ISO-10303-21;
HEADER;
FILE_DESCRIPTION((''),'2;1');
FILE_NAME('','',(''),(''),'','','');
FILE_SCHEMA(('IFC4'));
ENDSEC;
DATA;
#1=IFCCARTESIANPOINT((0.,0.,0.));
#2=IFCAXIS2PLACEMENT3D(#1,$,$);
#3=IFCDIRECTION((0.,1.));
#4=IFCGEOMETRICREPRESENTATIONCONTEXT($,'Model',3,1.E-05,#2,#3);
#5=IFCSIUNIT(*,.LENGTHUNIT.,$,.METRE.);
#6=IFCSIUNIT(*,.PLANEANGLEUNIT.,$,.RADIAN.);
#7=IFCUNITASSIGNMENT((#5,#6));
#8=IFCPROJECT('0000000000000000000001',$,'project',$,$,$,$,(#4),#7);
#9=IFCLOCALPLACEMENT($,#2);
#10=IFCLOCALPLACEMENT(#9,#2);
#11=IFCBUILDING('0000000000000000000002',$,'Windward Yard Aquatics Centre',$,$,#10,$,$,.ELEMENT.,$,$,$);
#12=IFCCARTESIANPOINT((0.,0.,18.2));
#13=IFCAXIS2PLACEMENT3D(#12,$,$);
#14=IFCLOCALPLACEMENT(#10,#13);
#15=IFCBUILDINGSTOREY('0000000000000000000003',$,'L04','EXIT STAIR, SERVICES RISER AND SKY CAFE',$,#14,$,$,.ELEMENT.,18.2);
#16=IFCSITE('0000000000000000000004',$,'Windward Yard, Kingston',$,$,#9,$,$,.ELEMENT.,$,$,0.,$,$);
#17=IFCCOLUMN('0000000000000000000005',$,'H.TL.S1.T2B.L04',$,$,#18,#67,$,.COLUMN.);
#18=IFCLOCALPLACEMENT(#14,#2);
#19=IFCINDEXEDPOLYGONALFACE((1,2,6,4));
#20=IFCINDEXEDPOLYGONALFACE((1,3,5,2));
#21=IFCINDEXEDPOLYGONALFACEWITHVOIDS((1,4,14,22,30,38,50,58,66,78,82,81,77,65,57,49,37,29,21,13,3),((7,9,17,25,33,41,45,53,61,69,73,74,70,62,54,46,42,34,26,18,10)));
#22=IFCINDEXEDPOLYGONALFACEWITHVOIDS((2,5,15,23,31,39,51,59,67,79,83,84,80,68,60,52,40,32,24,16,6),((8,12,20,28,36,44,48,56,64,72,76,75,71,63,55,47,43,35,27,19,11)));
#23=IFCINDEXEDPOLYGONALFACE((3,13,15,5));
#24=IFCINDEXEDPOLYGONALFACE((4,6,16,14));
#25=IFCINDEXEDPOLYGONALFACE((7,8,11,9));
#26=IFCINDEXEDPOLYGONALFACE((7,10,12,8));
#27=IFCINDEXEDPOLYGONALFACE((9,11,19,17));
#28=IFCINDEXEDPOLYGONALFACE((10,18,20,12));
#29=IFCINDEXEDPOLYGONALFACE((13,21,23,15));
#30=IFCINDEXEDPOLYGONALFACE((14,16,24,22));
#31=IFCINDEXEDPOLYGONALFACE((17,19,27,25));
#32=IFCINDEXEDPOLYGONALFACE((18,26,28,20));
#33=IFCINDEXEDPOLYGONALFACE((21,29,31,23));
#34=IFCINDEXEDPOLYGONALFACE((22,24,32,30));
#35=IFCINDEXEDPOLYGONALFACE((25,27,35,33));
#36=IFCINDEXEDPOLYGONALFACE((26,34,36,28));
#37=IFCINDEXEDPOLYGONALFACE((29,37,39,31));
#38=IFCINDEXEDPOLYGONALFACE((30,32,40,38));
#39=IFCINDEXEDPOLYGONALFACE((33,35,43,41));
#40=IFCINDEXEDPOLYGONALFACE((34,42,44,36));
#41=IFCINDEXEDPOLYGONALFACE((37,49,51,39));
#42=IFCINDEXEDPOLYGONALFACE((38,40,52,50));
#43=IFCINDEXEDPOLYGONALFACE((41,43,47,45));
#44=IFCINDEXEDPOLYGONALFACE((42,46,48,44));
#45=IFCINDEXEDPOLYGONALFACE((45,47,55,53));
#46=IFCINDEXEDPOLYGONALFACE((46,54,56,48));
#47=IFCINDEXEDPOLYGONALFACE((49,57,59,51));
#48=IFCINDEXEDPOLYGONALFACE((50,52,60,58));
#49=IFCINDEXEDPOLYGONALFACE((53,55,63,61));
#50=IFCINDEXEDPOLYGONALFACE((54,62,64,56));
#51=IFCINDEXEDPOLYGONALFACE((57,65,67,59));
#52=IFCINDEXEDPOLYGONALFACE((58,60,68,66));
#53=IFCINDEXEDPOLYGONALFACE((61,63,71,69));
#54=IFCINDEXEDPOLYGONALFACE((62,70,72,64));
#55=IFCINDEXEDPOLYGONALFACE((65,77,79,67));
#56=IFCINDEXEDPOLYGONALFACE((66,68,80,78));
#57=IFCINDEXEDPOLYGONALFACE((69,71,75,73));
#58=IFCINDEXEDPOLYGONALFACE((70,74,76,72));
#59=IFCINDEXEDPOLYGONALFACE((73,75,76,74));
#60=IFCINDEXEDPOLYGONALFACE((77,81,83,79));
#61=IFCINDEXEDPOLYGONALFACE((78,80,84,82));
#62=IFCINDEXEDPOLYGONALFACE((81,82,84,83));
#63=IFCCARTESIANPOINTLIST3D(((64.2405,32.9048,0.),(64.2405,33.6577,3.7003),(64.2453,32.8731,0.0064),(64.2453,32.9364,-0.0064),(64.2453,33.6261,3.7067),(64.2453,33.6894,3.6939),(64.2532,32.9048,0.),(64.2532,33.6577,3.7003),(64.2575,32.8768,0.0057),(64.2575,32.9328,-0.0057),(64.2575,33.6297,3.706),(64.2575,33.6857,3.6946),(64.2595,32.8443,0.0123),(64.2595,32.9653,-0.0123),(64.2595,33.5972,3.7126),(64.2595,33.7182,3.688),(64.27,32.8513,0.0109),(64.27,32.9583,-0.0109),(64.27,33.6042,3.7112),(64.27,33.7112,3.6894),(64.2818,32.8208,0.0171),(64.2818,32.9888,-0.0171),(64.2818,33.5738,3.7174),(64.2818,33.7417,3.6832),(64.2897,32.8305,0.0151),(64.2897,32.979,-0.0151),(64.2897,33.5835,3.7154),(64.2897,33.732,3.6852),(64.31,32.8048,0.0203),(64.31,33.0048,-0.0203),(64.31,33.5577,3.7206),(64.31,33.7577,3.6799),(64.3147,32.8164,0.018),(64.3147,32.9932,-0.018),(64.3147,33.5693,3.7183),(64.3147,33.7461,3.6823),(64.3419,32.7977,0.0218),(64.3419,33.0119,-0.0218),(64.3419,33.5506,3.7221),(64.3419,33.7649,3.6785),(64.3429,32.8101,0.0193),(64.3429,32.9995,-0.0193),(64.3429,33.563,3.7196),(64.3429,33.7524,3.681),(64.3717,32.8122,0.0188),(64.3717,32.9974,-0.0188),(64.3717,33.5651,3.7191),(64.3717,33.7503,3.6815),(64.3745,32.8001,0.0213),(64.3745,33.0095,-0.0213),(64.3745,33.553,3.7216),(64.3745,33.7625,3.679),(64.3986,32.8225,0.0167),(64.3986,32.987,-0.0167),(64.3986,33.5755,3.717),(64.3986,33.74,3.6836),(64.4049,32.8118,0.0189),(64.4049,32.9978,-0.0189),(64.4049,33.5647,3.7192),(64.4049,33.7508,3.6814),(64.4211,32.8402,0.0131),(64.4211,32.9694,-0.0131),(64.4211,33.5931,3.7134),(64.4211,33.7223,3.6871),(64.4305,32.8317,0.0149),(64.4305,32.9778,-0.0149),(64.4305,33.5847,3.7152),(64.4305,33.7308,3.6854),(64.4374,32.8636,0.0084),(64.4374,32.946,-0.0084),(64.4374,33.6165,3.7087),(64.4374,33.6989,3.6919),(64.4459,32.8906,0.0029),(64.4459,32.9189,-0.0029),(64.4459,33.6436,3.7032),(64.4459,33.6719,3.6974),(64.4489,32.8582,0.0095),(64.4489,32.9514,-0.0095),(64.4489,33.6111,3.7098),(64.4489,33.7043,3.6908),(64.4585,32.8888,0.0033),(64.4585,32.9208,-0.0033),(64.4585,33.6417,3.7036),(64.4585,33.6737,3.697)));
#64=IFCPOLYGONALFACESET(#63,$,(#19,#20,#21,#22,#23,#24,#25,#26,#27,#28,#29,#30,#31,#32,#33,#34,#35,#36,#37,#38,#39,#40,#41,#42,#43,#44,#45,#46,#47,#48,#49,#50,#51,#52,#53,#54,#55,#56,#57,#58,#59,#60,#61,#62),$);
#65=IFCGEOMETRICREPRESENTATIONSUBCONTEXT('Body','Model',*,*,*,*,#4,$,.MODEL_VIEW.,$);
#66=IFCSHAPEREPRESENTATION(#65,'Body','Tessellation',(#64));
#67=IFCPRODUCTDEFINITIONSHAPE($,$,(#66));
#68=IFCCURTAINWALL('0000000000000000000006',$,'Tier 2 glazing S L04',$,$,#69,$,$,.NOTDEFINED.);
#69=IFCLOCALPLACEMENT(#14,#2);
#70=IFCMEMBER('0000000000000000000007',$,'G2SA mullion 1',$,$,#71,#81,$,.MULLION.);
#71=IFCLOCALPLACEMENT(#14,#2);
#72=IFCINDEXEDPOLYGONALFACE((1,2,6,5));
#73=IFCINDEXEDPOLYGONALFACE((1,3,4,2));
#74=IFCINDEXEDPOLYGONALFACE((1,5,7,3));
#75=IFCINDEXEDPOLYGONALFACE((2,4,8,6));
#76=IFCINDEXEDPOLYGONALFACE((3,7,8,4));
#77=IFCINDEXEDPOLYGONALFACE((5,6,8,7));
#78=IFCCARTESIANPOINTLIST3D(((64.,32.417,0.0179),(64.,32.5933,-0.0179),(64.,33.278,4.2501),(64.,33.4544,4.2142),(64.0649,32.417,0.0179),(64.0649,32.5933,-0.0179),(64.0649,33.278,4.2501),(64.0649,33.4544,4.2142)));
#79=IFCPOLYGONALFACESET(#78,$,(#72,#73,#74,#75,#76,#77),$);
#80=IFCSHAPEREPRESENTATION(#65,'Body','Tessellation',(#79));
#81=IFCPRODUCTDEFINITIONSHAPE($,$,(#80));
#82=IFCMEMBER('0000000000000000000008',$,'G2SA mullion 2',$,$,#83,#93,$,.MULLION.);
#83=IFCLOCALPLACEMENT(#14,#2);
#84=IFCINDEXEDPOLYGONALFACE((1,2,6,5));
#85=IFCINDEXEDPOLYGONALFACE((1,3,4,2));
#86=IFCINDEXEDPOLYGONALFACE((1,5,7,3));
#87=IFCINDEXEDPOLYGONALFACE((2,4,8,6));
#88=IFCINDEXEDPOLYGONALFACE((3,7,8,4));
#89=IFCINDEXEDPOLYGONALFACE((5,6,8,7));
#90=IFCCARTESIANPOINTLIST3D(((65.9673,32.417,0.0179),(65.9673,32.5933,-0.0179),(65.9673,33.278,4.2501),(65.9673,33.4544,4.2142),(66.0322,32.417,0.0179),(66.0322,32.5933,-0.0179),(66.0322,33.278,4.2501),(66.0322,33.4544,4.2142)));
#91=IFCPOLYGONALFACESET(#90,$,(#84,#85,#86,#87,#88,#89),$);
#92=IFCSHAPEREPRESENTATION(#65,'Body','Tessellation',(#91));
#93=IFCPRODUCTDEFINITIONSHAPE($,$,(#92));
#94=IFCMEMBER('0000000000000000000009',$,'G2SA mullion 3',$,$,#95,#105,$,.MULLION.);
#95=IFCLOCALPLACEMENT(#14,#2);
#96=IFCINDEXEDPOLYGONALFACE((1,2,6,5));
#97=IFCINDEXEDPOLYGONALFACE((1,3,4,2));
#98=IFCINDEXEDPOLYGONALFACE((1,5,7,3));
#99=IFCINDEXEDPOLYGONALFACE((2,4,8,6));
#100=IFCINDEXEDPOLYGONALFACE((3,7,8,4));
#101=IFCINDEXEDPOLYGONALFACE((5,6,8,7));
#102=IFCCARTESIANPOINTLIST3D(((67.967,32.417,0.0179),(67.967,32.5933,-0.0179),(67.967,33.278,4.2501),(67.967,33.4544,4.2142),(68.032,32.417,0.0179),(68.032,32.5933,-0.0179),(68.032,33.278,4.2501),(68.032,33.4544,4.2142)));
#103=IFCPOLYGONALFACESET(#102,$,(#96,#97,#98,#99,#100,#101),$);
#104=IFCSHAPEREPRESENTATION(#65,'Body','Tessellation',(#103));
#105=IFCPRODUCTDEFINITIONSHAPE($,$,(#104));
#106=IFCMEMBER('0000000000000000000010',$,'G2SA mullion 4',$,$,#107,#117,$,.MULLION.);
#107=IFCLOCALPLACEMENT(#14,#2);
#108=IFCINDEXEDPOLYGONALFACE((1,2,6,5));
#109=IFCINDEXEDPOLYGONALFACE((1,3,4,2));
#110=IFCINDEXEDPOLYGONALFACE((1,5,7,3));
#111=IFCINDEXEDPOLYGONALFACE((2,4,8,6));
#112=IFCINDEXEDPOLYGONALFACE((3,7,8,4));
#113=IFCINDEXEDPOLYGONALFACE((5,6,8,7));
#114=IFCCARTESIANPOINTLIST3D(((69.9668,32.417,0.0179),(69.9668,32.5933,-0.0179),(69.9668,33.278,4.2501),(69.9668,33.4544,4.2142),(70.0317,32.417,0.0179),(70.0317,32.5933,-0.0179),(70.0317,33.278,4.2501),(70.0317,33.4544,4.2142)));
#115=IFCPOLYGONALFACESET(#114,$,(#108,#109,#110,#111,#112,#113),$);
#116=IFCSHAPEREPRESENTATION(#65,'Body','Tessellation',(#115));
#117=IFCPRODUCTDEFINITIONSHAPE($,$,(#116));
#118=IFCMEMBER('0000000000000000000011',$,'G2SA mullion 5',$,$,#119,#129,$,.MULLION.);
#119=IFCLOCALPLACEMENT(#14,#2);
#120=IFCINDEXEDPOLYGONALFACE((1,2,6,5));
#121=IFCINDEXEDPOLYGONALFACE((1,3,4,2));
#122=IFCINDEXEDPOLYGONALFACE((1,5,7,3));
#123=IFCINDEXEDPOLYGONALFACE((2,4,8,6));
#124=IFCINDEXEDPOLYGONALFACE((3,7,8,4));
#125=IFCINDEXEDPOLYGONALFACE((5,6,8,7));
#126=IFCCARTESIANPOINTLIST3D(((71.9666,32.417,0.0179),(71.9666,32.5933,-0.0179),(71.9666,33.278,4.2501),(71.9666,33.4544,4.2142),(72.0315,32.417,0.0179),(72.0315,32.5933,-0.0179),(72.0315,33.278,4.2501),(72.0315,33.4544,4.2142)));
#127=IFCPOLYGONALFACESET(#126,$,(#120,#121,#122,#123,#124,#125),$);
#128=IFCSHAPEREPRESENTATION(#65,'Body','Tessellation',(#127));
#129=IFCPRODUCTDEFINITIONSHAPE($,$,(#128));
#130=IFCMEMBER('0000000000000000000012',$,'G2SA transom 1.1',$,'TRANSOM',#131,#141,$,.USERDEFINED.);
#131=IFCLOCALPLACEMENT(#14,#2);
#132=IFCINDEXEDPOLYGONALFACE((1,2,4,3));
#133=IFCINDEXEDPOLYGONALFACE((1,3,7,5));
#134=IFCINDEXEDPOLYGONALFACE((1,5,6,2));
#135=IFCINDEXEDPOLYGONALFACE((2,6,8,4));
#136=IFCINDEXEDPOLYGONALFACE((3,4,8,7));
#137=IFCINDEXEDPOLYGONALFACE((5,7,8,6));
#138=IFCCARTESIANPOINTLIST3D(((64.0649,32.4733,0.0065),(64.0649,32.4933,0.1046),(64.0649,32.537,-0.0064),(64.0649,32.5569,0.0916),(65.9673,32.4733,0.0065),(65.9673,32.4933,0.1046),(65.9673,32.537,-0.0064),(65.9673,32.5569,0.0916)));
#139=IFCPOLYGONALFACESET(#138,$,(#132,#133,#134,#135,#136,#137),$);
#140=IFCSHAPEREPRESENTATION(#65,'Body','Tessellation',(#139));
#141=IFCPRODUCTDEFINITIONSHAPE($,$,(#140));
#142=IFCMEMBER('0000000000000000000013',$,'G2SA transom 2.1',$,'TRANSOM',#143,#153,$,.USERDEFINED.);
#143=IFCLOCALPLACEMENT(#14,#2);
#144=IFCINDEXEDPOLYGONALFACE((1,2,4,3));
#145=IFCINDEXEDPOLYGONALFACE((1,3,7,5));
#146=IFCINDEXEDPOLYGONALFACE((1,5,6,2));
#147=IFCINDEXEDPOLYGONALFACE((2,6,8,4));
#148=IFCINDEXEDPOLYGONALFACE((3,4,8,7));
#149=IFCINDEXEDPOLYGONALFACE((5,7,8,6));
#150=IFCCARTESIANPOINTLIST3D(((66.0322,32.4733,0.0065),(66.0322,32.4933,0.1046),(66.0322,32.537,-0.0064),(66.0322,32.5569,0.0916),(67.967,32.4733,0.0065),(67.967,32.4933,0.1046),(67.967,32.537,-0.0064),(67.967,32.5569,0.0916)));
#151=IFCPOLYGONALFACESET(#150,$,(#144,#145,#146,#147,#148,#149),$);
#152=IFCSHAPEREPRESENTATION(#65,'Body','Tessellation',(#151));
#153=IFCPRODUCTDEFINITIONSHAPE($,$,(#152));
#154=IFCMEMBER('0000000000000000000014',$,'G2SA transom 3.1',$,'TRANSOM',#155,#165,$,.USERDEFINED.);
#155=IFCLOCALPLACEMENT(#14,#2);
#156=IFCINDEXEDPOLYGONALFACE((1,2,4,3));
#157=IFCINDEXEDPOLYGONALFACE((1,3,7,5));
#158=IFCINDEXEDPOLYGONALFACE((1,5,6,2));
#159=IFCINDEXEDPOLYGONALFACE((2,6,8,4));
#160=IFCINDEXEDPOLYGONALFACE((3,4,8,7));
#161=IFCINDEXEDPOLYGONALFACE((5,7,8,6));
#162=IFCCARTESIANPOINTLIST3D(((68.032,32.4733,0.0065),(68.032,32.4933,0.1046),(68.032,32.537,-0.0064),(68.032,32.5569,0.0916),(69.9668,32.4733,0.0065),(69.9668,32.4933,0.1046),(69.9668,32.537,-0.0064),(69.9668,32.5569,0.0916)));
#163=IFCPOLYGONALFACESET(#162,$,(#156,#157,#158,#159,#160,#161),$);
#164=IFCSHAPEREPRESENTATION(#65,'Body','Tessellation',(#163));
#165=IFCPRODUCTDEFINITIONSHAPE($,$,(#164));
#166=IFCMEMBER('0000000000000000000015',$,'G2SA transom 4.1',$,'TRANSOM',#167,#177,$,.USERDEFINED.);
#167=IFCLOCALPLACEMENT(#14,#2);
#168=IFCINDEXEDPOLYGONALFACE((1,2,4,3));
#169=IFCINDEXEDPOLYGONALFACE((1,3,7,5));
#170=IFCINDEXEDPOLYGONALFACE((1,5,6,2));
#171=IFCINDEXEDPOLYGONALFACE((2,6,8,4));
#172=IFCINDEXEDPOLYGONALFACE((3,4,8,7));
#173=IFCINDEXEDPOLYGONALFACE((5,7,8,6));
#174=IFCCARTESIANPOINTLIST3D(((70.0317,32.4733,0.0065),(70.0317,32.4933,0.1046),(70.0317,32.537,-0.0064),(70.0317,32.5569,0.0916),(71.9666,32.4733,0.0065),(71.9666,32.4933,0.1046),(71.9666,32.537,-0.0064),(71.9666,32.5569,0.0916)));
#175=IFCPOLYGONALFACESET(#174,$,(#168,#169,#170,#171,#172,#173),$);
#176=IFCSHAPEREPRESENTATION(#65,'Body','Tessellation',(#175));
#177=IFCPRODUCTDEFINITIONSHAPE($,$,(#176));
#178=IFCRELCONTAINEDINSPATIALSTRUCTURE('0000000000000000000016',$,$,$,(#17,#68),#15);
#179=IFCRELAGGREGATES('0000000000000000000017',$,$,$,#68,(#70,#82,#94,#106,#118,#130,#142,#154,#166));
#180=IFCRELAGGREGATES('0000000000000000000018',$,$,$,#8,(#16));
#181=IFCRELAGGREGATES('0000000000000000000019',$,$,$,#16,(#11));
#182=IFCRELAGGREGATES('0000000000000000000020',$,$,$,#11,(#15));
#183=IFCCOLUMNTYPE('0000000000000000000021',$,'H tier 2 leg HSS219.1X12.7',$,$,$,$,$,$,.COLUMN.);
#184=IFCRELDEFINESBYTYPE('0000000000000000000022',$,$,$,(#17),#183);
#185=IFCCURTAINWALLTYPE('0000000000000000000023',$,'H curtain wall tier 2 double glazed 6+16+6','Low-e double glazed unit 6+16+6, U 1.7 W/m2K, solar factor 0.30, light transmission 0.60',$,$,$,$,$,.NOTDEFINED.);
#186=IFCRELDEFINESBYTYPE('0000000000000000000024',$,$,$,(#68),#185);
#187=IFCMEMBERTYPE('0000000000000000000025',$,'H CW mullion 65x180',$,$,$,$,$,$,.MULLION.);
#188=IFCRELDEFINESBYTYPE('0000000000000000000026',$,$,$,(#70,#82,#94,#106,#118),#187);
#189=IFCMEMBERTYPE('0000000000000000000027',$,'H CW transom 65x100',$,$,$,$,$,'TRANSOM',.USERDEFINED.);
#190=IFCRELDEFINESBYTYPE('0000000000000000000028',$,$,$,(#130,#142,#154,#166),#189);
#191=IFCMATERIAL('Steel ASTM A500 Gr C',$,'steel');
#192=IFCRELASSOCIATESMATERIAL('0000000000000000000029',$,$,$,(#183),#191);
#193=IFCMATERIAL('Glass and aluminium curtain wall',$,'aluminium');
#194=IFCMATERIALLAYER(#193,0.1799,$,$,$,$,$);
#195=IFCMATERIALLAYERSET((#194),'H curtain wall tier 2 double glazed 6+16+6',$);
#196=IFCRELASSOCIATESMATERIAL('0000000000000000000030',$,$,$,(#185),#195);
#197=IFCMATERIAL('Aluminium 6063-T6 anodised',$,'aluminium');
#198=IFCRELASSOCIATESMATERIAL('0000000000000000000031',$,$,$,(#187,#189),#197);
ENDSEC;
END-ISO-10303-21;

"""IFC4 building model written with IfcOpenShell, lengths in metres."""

from ifc_helpers import new_model, si_unit, direction, frame, origin, origin_2d, place, context, subcontext, project, spatial, rectangle, hollow_circle, extrude, material, layer, layer_set, material_profile, profile_set, type_object, element, aggregate, save


model = new_model("IFC4")

# Units and contexts
model_context = context("Model", 3, precision=1e-05, world=origin(), true_north=direction((0.0, 1.0)))
body_context = subcontext(model_context, "Body", "Model", "MODEL_VIEW")
ifc_project = project(units=[si_unit("LENGTHUNIT", "METRE"), si_unit("PLANEANGLEUNIT", "RADIAN")], contexts=[model_context])

# Site, building, storey
site_placement = place(None, origin())
site = spatial("IfcSite", under=ifc_project, at=site_placement, Name="Windward Yard, Kingston", CompositionType="ELEMENT", RefElevation=0.0)
building_placement = place(site_placement, origin())
building = spatial("IfcBuilding", under=site, at=building_placement, Name="Windward Yard Aquatics Centre", CompositionType="ELEMENT")
storey_placement = place(building_placement, frame((0.0, 0.0, 18.2)))
storey = spatial("IfcBuildingStorey", under=building, at=storey_placement, Name="L04", Description="EXIT STAIR, SERVICES RISER AND SKY CAFE", CompositionType="ELEMENT", Elevation=18.2)

# Column
ifc_material_1 = material(Name="Steel ASTM A500 Gr C", Category="steel")
ifc_material_profile_1 = material_profile(ifc_material_1, hollow_circle(Radius=0.1096, WallThickness=0.0127, at=origin_2d()), Name="HSS219.1X12.7")
ifc_profile_set_1 = profile_set([ifc_material_profile_1], Name="Steel ASTM A500 Gr C")
column_type = type_object("IfcColumnType", Name="H tier 2 leg HSS219.1X12.7", PredefinedType="COLUMN", material=ifc_profile_set_1)
column_placement = place(storey_placement, frame((64.3501, 32.9048, 0.0), z_axis=(0.0, 0.199398, 0.979919), x_axis=(-1.0, 0.0, 0.0)))
element("IfcColumn", 1, at=column_placement, inside=storey, type_object=column_type, Name="H.TL.S1.T2B.L04", PredefinedType="COLUMN", context=body_context, shape_type="SweptSolid", body=[
    extrude(hollow_circle(Radius=0.1096, WallThickness=0.0127, at=origin_2d()), origin(), (0.0, 0.0, 1.0), 3.7761),
])

# Curtain wall, members
ifc_material_2 = material(Name="Glass and aluminium curtain wall", Category="aluminium")
ifc_layer_1 = layer(ifc_material_2, 0.1799)
ifc_layer_set_1 = layer_set([ifc_layer_1], Name="H curtain wall tier 2 double glazed 6+16+6")
curtain_wall_type = type_object("IfcCurtainWallType", Name="H curtain wall tier 2 double glazed 6+16+6", Description="Low-e double glazed unit 6+16+6, U 1.7 W/m2K, solar factor 0.30, light transmission 0.60", PredefinedType="NOTDEFINED", material=ifc_layer_set_1)
curtain_wall_placement = place(storey_placement, origin())
curtain_wall = element("IfcCurtainWall", 2, at=curtain_wall_placement, inside=storey, type_object=curtain_wall_type, Name="Tier 2 glazing S L04", PredefinedType="NOTDEFINED")
ifc_material_3 = material(Name="Aluminium 6063-T6 anodised", Category="aluminium")
ifc_material_profile_2 = material_profile(ifc_material_3, rectangle(XDim=0.0649, YDim=0.1799, at=origin_2d()), Name="H CW mullion 65x180")
ifc_profile_set_2 = profile_set([ifc_material_profile_2], Name="Aluminium 6063-T6 anodised")
member_type_1 = type_object("IfcMemberType", Name="H CW mullion 65x180", PredefinedType="MULLION", material=ifc_profile_set_2)
member_1_placement = place(storey_placement, frame((64.0325, 32.5051, 0.0), z_axis=(0.0, 0.199376, 0.979923), x_axis=(-1.0, 0.0, 0.0)))
member_1 = element("IfcMember", 3, at=member_1_placement, type_object=member_type_1, Name="G2SA mullion 1", PredefinedType="MULLION", context=body_context, shape_type="SweptSolid", body=[
    extrude(rectangle(XDim=0.0649, YDim=0.1799, at=origin_2d()), origin(), (0.0, 0.0, 1.0), 4.3188),
])
member_2_placement = place(storey_placement, frame((65.9998, 32.5051, 0.0), z_axis=(0.0, 0.199376, 0.979923), x_axis=(-1.0, 0.0, 0.0)))
member_2 = element("IfcMember", 4, at=member_2_placement, type_object=member_type_1, Name="G2SA mullion 2", PredefinedType="MULLION", context=body_context, shape_type="SweptSolid", body=[
    extrude(rectangle(XDim=0.0649, YDim=0.1799, at=origin_2d()), origin(), (0.0, 0.0, 1.0), 4.3188),
])
member_3_placement = place(storey_placement, frame((67.9995, 32.5051, 0.0), z_axis=(0.0, 0.199376, 0.979923), x_axis=(-1.0, 0.0, 0.0)))
member_3 = element("IfcMember", 5, at=member_3_placement, type_object=member_type_1, Name="G2SA mullion 3", PredefinedType="MULLION", context=body_context, shape_type="SweptSolid", body=[
    extrude(rectangle(XDim=0.0649, YDim=0.1799, at=origin_2d()), origin(), (0.0, 0.0, 1.0), 4.3188),
])
member_4_placement = place(storey_placement, frame((69.9993, 32.5051, 0.0), z_axis=(0.0, 0.199376, 0.979923), x_axis=(-1.0, 0.0, 0.0)))
member_4 = element("IfcMember", 6, at=member_4_placement, type_object=member_type_1, Name="G2SA mullion 4", PredefinedType="MULLION", context=body_context, shape_type="SweptSolid", body=[
    extrude(rectangle(XDim=0.0649, YDim=0.1799, at=origin_2d()), origin(), (0.0, 0.0, 1.0), 4.3188),
])
member_5_placement = place(storey_placement, frame((71.999, 32.5051, 0.0), z_axis=(0.0, 0.199376, 0.979923), x_axis=(-1.0, 0.0, 0.0)))
member_5 = element("IfcMember", 7, at=member_5_placement, type_object=member_type_1, Name="G2SA mullion 5", PredefinedType="MULLION", context=body_context, shape_type="SweptSolid", body=[
    extrude(rectangle(XDim=0.0649, YDim=0.1799, at=origin_2d()), origin(), (0.0, 0.0, 1.0), 4.3188),
])
ifc_material_profile_3 = material_profile(ifc_material_3, rectangle(XDim=0.0649, YDim=0.1001, at=origin_2d()), Name="H CW transom 65x100")
ifc_profile_set_3 = profile_set([ifc_material_profile_3], Name="Aluminium 6063-T6 anodised")
member_type_2 = type_object("IfcMemberType", Name="H CW transom 65x100", ElementType="TRANSOM", PredefinedType="USERDEFINED", material=ifc_profile_set_3)
member_6_placement = place(storey_placement, frame((64.0649, 32.5151, 0.0491), z_axis=(1.0, 0.0, 0.0), x_axis=(0.0, -0.979925, 0.199368)))
member_6 = element("IfcMember", 8, at=member_6_placement, type_object=member_type_2, Name="G2SA transom 1.1", ObjectType="TRANSOM", PredefinedType="USERDEFINED", context=body_context, shape_type="SweptSolid", body=[
    extrude(rectangle(XDim=0.0649, YDim=0.1001, at=origin_2d()), origin(), (0.0, 0.0, 1.0), 1.9023),
])
member_7_placement = place(storey_placement, frame((66.0322, 32.5151, 0.0491), z_axis=(1.0, 0.0, 0.0), x_axis=(0.0, -0.979925, 0.199368)))
member_7 = element("IfcMember", 9, at=member_7_placement, type_object=member_type_2, Name="G2SA transom 2.1", ObjectType="TRANSOM", PredefinedType="USERDEFINED", context=body_context, shape_type="SweptSolid", body=[
    extrude(rectangle(XDim=0.0649, YDim=0.1001, at=origin_2d()), origin(), (0.0, 0.0, 1.0), 1.9348),
])
member_8_placement = place(storey_placement, frame((68.032, 32.5151, 0.0491), z_axis=(1.0, 0.0, 0.0), x_axis=(0.0, -0.979925, 0.199368)))
member_8 = element("IfcMember", 10, at=member_8_placement, type_object=member_type_2, Name="G2SA transom 3.1", ObjectType="TRANSOM", PredefinedType="USERDEFINED", context=body_context, shape_type="SweptSolid", body=[
    extrude(rectangle(XDim=0.0649, YDim=0.1001, at=origin_2d()), origin(), (0.0, 0.0, 1.0), 1.9348),
])
member_9_placement = place(storey_placement, frame((70.0317, 32.5151, 0.0491), z_axis=(1.0, 0.0, 0.0), x_axis=(0.0, -0.979925, 0.199368)))
member_9 = element("IfcMember", 11, at=member_9_placement, type_object=member_type_2, Name="G2SA transom 4.1", ObjectType="TRANSOM", PredefinedType="USERDEFINED", context=body_context, shape_type="SweptSolid", body=[
    extrude(rectangle(XDim=0.0649, YDim=0.1001, at=origin_2d()), origin(), (0.0, 0.0, 1.0), 1.9348),
])

aggregate(curtain_wall, [member_1, member_2, member_3, member_4, member_5, member_6, member_7, member_8, member_9])

save(model, "model.ifc")
